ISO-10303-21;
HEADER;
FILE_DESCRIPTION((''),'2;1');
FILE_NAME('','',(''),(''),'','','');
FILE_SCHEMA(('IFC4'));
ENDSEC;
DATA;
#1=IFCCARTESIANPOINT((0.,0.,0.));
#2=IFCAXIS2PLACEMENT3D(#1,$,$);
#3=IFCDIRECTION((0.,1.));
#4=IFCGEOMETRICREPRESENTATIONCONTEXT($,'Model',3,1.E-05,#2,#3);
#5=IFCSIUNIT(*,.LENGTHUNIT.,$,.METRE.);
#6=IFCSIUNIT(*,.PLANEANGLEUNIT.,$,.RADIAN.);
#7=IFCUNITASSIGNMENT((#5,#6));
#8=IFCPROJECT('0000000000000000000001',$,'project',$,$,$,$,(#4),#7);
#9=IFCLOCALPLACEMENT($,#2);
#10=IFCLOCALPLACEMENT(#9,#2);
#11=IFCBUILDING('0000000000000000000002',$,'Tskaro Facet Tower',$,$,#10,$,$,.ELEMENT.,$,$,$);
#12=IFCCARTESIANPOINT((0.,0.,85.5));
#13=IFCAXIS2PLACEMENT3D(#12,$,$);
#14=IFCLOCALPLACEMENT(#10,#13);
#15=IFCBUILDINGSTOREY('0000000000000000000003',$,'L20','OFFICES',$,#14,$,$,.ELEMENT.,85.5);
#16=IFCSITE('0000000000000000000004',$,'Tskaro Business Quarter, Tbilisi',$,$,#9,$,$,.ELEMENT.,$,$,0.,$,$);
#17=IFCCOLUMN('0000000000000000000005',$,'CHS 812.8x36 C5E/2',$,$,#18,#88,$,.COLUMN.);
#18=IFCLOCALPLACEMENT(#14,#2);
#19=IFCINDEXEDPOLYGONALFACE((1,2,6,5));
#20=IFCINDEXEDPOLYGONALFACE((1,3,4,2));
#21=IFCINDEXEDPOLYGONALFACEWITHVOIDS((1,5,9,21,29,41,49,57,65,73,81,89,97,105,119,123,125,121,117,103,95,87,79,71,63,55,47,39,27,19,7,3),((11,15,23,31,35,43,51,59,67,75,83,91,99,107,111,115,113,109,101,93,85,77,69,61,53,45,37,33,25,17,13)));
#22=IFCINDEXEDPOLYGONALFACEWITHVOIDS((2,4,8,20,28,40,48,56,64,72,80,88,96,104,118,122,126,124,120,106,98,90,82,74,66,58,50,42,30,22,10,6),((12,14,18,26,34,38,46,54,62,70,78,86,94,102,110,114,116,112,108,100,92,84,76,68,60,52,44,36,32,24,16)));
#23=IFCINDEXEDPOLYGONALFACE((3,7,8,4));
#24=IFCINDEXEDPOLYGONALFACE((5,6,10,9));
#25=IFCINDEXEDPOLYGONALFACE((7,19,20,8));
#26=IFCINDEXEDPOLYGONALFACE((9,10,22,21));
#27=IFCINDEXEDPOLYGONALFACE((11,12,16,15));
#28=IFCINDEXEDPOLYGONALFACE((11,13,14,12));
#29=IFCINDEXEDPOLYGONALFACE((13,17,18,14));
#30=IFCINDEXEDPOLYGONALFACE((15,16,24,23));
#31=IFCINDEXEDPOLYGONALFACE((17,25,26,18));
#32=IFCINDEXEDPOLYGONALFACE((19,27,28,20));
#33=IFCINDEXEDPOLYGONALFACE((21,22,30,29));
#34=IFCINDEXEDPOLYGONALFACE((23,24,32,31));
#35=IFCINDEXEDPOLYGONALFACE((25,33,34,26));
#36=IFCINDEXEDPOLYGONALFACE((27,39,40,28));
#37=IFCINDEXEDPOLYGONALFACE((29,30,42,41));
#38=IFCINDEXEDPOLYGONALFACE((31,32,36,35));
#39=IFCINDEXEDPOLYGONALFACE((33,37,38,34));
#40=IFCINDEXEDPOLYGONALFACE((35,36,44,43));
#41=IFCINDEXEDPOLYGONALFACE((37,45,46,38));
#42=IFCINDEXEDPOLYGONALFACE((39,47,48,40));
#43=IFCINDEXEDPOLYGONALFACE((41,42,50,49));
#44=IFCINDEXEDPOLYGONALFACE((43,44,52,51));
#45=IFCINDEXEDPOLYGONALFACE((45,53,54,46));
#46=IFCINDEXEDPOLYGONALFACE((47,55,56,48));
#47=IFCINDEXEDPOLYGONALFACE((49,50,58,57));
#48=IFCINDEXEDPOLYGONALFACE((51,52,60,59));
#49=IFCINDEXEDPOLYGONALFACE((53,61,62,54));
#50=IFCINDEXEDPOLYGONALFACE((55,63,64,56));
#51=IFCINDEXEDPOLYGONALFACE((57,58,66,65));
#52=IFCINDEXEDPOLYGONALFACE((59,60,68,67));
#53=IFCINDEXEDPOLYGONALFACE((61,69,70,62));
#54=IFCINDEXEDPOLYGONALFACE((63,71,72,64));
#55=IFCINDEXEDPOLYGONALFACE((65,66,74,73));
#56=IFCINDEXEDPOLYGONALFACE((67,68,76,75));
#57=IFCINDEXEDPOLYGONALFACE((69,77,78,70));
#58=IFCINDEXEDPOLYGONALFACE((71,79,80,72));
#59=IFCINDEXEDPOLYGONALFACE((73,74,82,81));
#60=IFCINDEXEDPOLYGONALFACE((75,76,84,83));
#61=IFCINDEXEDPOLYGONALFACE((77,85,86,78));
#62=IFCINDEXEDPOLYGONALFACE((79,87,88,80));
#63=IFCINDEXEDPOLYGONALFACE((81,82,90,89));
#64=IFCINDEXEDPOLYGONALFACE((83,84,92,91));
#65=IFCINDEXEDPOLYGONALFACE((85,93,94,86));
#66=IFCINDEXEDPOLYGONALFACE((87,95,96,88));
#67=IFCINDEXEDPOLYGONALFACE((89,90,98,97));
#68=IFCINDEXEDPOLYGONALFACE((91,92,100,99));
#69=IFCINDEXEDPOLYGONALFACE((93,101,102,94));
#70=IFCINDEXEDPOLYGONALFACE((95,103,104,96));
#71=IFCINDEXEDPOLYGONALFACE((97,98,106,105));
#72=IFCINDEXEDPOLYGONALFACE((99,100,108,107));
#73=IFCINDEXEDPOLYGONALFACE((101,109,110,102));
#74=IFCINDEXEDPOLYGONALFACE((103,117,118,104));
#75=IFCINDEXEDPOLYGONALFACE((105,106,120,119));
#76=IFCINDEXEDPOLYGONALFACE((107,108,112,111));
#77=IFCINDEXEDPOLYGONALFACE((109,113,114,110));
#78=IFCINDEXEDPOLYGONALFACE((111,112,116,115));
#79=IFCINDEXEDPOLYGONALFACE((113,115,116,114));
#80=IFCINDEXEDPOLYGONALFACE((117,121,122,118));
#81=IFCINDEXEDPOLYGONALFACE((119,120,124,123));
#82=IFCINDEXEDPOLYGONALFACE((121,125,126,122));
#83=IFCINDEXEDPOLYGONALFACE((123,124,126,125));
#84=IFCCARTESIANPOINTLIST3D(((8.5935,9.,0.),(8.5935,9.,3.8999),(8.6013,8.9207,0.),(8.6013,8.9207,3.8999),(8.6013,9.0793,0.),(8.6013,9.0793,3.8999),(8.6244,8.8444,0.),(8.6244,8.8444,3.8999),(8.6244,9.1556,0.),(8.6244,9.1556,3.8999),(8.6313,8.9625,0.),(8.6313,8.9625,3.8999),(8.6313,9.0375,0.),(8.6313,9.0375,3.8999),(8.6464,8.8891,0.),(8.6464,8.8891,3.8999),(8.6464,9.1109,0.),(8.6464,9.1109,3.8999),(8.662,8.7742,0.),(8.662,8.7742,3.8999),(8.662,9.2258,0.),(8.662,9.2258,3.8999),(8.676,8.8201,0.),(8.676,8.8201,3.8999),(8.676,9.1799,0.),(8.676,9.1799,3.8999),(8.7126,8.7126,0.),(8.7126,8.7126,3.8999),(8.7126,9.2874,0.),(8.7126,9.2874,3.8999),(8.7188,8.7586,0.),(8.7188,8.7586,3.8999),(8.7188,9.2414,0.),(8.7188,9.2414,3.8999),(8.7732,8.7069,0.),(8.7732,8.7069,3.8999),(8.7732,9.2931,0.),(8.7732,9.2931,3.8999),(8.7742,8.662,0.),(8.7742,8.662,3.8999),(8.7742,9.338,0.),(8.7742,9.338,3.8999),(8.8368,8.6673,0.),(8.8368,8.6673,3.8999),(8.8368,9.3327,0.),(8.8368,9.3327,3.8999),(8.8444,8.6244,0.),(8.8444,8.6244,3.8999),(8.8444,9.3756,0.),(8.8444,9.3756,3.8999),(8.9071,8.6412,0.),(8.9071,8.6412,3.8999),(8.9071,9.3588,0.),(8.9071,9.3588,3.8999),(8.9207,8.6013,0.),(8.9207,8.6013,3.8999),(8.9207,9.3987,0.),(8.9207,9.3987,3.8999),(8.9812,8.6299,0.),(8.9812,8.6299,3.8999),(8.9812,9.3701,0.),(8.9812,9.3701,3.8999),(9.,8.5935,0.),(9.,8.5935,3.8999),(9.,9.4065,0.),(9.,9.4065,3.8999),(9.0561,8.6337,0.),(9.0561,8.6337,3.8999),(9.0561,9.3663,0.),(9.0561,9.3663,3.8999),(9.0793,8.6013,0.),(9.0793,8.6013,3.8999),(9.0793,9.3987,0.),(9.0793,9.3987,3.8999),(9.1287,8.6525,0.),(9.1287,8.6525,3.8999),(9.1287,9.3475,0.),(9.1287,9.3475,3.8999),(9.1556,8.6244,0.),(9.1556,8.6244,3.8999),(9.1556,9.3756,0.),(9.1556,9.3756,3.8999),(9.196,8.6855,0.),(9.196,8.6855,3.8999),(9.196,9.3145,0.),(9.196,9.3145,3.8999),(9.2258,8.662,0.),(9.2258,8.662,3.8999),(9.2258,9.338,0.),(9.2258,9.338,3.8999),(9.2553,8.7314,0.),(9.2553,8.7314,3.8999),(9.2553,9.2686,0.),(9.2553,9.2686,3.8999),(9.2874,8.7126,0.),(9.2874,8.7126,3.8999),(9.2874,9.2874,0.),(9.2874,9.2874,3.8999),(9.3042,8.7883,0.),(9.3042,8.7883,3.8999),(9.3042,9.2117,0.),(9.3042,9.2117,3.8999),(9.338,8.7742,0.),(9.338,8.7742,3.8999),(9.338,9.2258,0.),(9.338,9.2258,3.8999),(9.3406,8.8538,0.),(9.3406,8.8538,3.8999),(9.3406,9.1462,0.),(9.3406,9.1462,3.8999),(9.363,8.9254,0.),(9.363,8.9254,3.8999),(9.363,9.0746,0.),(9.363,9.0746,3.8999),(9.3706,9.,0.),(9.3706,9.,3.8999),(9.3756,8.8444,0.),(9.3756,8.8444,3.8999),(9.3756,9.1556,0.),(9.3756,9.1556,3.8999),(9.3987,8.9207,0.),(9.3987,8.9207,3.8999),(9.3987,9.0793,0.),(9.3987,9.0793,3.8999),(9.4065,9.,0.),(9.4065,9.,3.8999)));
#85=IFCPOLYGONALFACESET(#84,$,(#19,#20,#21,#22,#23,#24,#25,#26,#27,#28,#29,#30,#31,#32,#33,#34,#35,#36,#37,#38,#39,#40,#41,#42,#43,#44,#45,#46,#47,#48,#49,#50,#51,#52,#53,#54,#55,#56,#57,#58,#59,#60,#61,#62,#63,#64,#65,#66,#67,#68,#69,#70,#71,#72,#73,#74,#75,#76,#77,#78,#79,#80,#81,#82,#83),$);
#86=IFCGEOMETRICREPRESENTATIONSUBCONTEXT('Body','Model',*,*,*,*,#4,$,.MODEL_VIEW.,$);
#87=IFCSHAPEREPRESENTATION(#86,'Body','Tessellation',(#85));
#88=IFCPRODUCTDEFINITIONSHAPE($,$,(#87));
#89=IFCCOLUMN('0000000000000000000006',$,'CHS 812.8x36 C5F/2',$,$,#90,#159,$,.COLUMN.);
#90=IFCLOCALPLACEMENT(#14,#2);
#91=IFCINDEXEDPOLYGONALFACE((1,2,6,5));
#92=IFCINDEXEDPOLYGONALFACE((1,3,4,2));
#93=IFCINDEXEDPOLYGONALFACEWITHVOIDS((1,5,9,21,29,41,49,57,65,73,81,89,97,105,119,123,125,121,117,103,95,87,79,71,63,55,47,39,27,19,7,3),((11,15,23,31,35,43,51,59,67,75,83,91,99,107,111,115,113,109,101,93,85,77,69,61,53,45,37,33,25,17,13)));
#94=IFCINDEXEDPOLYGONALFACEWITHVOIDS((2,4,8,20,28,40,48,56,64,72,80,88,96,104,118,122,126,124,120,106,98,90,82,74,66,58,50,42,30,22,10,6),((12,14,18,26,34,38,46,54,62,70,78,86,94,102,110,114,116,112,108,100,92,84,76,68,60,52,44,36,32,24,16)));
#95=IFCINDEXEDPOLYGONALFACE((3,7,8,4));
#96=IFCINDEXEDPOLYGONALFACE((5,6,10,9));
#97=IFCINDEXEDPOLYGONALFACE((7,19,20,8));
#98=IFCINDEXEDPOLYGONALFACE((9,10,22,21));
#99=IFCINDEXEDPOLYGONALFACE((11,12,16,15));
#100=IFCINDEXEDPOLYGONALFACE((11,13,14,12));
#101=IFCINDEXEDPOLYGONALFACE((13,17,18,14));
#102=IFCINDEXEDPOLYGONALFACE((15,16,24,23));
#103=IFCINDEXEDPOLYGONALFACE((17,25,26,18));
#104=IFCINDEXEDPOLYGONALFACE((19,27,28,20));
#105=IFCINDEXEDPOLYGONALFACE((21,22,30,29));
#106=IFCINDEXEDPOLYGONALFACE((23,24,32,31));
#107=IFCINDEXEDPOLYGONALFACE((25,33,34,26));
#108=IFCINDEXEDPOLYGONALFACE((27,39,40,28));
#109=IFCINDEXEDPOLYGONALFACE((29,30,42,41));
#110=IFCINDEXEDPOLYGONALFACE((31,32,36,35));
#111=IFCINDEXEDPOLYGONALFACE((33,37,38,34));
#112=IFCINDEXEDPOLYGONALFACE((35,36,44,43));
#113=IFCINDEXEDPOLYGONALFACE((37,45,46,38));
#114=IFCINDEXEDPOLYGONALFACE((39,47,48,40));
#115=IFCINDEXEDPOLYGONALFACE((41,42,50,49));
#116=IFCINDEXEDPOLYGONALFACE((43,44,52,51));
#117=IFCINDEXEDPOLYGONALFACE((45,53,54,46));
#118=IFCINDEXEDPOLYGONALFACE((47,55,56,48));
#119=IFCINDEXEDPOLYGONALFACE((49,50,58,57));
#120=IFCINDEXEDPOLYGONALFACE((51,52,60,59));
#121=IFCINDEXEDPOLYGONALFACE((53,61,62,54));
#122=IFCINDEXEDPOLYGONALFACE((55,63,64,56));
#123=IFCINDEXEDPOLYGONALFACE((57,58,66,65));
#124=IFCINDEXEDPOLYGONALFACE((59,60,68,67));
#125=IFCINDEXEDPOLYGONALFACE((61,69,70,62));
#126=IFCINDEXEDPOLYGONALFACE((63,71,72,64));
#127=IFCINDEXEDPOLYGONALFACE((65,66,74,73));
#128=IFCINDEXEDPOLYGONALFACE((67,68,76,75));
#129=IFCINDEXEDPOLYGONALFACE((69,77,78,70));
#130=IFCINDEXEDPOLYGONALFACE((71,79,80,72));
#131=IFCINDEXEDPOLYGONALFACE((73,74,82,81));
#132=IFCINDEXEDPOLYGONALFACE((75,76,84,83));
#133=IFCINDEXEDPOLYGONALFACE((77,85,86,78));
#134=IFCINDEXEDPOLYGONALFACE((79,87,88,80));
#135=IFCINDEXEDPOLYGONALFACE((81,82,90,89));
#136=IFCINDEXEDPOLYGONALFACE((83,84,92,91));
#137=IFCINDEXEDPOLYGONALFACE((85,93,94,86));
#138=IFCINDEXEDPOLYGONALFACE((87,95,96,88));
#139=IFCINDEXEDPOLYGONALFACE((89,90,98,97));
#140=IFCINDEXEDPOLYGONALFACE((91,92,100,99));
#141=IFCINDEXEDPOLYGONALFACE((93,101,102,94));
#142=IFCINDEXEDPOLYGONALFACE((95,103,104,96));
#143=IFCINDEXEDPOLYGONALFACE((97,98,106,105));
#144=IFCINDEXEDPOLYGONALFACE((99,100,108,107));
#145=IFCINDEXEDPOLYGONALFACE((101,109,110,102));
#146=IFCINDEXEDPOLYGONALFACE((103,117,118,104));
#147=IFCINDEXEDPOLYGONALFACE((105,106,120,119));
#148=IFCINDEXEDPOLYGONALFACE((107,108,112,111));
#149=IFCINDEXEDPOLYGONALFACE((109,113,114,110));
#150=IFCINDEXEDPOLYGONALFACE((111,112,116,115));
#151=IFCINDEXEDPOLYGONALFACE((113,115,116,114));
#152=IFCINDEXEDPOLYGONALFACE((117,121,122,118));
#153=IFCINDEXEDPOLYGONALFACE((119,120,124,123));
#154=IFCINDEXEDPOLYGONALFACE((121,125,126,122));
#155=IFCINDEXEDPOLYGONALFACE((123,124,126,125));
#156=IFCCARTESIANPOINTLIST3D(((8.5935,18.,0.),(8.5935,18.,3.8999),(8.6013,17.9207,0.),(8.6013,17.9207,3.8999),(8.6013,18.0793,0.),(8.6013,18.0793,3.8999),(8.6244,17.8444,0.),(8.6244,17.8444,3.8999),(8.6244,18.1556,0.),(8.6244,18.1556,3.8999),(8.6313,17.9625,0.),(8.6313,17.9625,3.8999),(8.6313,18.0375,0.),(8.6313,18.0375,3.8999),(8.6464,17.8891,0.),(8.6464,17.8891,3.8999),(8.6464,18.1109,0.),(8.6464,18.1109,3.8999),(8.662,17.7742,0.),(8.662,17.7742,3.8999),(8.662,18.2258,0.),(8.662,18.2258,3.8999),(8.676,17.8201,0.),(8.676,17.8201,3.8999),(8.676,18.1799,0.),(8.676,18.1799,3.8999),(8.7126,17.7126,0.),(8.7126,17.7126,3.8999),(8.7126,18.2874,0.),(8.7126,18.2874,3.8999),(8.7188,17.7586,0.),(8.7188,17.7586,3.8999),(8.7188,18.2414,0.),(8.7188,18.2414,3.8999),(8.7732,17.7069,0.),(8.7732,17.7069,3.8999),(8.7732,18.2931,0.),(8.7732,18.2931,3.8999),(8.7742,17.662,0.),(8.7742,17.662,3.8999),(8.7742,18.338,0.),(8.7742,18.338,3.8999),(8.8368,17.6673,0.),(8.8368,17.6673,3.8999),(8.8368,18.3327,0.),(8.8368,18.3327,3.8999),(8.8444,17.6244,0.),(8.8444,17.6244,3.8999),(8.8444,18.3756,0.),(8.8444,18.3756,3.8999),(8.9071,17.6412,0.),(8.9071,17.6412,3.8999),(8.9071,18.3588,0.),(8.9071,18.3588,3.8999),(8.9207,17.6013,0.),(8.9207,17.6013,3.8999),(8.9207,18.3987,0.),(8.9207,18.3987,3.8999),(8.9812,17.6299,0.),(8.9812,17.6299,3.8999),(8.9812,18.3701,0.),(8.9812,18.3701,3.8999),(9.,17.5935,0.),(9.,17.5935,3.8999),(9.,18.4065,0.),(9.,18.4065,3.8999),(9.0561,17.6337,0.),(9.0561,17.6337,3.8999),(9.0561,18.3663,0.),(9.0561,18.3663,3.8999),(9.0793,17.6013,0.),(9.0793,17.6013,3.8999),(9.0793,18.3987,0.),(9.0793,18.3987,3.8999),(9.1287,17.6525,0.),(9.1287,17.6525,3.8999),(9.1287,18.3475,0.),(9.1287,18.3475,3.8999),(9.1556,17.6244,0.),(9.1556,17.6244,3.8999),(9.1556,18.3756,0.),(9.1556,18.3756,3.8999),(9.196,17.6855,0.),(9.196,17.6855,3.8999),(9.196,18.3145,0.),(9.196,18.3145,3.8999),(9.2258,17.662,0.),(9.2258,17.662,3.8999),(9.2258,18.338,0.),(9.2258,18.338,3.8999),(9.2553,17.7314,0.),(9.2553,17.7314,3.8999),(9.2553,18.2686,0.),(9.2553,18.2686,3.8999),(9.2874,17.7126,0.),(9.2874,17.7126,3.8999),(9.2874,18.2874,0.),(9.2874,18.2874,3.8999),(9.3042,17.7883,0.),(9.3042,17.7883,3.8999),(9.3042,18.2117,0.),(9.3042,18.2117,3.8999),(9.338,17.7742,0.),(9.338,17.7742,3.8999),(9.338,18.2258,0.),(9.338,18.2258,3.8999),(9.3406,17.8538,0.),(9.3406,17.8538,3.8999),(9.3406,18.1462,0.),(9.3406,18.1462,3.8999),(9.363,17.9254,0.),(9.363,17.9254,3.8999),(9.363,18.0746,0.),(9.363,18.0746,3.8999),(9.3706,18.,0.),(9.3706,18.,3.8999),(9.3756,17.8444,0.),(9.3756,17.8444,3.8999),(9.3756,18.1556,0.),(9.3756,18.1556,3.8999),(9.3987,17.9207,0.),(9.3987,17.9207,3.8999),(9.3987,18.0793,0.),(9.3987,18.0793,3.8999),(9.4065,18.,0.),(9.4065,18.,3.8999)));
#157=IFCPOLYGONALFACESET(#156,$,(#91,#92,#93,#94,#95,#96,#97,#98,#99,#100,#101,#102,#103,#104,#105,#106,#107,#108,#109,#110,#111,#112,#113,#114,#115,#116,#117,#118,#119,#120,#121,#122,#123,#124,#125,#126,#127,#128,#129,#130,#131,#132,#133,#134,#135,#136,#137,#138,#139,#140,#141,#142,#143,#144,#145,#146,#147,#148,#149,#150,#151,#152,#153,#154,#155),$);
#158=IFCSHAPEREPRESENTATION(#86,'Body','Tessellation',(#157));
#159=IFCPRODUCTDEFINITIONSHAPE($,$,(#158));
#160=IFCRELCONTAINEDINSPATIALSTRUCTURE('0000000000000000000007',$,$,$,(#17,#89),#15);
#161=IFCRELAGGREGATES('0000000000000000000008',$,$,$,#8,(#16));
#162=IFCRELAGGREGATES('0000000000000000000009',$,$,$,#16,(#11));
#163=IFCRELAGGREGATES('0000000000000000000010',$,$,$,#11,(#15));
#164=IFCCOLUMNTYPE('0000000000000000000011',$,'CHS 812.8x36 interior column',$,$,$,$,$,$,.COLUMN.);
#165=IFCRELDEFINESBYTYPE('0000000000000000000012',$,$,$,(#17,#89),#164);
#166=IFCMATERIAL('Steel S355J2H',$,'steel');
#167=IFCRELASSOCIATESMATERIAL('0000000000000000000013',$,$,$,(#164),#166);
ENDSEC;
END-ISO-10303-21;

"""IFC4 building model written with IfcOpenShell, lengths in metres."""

from ifc_helpers import new_model, si_unit, direction, frame, origin, origin_2d, place, context, subcontext, project, spatial, hollow_circle, extrude, material, material_profile, profile_set, type_object, element, save


model = new_model("IFC4")

# Units and contexts
model_context = context("Model", 3, precision=1e-05, world=origin(), true_north=direction((0.0, 1.0)))
body_context = subcontext(model_context, "Body", "Model", "MODEL_VIEW")
ifc_project = project(units=[si_unit("LENGTHUNIT", "METRE"), si_unit("PLANEANGLEUNIT", "RADIAN")], contexts=[model_context])

# Site, building, storey
site_placement = place(None, origin())
site = spatial("IfcSite", under=ifc_project, at=site_placement, Name="Tskaro Business Quarter, Tbilisi", CompositionType="ELEMENT", RefElevation=0.0)
building_placement = place(site_placement, origin())
building = spatial("IfcBuilding", under=site, at=building_placement, Name="Tskaro Facet Tower", CompositionType="ELEMENT")
storey_placement = place(building_placement, frame((0.0, 0.0, 85.5)))
storey = spatial("IfcBuildingStorey", under=building, at=storey_placement, Name="L20", Description="OFFICES", CompositionType="ELEMENT", Elevation=85.5)

# Columns
ifc_material_1 = material(Name="Steel S355J2H", Category="steel")
ifc_material_profile_1 = material_profile(ifc_material_1, hollow_circle(Radius=0.4065, WallThickness=0.0359, at=origin_2d()), Name="CHS 812.8x36")
ifc_profile_set_1 = profile_set([ifc_material_profile_1], Name="Steel S355J2H")
column_type = type_object("IfcColumnType", Name="CHS 812.8x36 interior column", PredefinedType="COLUMN", material=ifc_profile_set_1)
for number, where, z_axis, x_axis, name in (
    (1, (9.0, 9.0, 0.0), (0.0, 0.0, 1.0), (1.0, 0.0, 0.0), "CHS 812.8x36 C5E/2"),
    (2, (9.0, 18.0, 0.0), (0.0, 0.0, 1.0), (1.0, 0.0, 0.0), "CHS 812.8x36 C5F/2"),
):
    element("IfcColumn", number, at=place(storey_placement, frame(where, z_axis=z_axis, x_axis=x_axis)), inside=storey, type_object=column_type, Name=name, PredefinedType="COLUMN", context=body_context, shape_type="SweptSolid", body=[
        extrude(hollow_circle(Radius=0.4065, WallThickness=0.0359, at=origin_2d()), origin(), (0.0, 0.0, 1.0), 3.8999),
    ])

save(model, "model.ifc")
